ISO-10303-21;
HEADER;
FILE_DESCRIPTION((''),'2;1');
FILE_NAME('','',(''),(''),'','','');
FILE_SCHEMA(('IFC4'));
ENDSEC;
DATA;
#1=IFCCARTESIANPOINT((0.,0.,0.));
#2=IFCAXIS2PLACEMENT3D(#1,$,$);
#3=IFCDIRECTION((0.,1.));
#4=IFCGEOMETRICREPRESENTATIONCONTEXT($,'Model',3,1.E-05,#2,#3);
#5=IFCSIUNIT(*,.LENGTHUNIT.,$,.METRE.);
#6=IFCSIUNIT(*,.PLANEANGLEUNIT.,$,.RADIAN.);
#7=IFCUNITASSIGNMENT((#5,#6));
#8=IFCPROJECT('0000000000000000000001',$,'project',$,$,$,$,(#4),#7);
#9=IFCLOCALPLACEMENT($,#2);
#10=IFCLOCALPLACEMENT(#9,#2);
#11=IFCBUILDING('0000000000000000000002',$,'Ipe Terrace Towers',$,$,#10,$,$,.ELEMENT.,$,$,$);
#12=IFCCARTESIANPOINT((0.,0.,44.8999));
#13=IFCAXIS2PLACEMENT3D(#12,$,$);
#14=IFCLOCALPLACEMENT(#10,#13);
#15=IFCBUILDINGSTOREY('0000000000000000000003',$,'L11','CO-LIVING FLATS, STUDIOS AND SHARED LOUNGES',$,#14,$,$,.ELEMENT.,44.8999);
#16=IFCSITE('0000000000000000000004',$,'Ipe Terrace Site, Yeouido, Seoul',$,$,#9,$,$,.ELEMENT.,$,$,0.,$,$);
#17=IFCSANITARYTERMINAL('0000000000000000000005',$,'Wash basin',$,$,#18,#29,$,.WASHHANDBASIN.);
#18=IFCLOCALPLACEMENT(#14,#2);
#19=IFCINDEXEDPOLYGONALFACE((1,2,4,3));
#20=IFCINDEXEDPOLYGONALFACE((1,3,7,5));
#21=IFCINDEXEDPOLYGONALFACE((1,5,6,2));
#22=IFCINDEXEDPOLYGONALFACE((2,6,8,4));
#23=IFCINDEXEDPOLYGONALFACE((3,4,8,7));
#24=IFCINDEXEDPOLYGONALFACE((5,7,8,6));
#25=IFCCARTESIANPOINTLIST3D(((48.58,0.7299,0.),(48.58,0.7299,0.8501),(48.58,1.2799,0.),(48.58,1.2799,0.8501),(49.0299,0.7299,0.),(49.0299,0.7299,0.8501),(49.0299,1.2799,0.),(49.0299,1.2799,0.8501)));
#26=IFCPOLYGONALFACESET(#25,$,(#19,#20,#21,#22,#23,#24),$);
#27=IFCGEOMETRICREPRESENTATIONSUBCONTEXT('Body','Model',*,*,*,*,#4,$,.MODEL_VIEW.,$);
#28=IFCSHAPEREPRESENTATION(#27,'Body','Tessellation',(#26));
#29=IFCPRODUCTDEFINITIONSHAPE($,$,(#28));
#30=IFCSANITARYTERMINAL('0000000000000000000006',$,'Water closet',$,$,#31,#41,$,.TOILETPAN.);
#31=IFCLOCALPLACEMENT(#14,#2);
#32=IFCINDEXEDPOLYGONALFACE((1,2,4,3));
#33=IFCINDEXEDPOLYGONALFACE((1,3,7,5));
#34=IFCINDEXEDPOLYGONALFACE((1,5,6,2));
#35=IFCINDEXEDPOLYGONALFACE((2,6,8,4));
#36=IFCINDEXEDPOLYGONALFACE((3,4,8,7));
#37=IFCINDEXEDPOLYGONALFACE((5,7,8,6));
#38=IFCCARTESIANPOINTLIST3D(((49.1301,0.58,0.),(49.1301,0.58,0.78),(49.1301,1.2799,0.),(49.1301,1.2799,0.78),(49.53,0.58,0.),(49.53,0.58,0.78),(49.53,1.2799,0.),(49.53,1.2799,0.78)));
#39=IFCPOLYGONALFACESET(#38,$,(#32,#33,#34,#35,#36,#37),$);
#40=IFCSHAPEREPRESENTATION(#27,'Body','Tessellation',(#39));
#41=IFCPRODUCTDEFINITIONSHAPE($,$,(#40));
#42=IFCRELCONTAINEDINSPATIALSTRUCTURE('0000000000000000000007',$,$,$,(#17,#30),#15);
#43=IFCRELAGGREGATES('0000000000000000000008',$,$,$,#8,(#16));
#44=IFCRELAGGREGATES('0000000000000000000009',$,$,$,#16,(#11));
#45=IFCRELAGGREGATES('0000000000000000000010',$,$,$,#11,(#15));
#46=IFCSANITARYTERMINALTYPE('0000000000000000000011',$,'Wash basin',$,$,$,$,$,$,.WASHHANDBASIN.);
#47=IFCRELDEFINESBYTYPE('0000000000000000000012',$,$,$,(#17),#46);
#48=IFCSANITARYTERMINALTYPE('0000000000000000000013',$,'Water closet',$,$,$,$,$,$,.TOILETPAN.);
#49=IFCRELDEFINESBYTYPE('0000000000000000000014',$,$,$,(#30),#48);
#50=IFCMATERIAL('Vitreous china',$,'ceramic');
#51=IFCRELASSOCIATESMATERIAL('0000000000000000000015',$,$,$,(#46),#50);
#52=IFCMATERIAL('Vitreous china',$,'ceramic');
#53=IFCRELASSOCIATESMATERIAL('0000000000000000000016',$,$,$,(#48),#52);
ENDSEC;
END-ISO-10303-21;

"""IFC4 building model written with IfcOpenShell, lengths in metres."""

from ifc_helpers import new_model, si_unit, direction, frame, origin, origin_2d, place, context, subcontext, project, spatial, rectangle, extrude, material, type_object, element, save


model = new_model("IFC4")

# Units and contexts
model_context = context("Model", 3, precision=1e-05, world=origin(), true_north=direction((0.0, 1.0)))
body_context = subcontext(model_context, "Body", "Model", "MODEL_VIEW")
ifc_project = project(units=[si_unit("LENGTHUNIT", "METRE"), si_unit("PLANEANGLEUNIT", "RADIAN")], contexts=[model_context])

# Site, building, storey
site_placement = place(None, origin())
site = spatial("IfcSite", under=ifc_project, at=site_placement, Name="Ipe Terrace Site, Yeouido, Seoul", CompositionType="ELEMENT", RefElevation=0.0)
building_placement = place(site_placement, origin())
building = spatial("IfcBuilding", under=site, at=building_placement, Name="Ipe Terrace Towers", CompositionType="ELEMENT")
storey_placement = place(building_placement, frame((0.0, 0.0, 44.8999)))
storey = spatial("IfcBuildingStorey", under=building, at=storey_placement, Name="L11", Description="CO-LIVING FLATS, STUDIOS AND SHARED LOUNGES", CompositionType="ELEMENT", Elevation=44.8999)

# Sanitary terminals
ifc_material_1 = material(Name="Vitreous china", Category="ceramic")
sanitary_terminal_type_1 = type_object("IfcSanitaryTerminalType", Name="Wash basin", PredefinedType="WASHHANDBASIN", material=ifc_material_1)
sanitary_terminal_1_placement = place(storey_placement, frame((48.8049, 1.0049, 0.0), z_axis=(0.0, 0.0, 1.0), x_axis=(0.0, -1.0, 0.0)))
element("IfcSanitaryTerminal", 1, at=sanitary_terminal_1_placement, inside=storey, type_object=sanitary_terminal_type_1, Name="Wash basin", PredefinedType="WASHHANDBASIN", context=body_context, shape_type="SweptSolid", body=[
    extrude(rectangle(XDim=0.55, YDim=0.45, at=origin_2d()), origin(), (0.0, 0.0, 1.0), 0.8501),
])
ifc_material_2 = material(Name="Vitreous china", Category="ceramic")
sanitary_terminal_type_2 = type_object("IfcSanitaryTerminalType", Name="Water closet", PredefinedType="TOILETPAN", material=ifc_material_2)
sanitary_terminal_2_placement = place(storey_placement, frame((49.3301, 0.9299, 0.0), z_axis=(0.0, 0.0, 1.0), x_axis=(0.0, -1.0, 0.0)))
element("IfcSanitaryTerminal", 2, at=sanitary_terminal_2_placement, inside=storey, type_object=sanitary_terminal_type_2, Name="Water closet", PredefinedType="TOILETPAN", context=body_context, shape_type="SweptSolid", body=[
    extrude(rectangle(XDim=0.7, YDim=0.3999, at=origin_2d()), origin(), (0.0, 0.0, 1.0), 0.78),
])

save(model, "model.ifc")
